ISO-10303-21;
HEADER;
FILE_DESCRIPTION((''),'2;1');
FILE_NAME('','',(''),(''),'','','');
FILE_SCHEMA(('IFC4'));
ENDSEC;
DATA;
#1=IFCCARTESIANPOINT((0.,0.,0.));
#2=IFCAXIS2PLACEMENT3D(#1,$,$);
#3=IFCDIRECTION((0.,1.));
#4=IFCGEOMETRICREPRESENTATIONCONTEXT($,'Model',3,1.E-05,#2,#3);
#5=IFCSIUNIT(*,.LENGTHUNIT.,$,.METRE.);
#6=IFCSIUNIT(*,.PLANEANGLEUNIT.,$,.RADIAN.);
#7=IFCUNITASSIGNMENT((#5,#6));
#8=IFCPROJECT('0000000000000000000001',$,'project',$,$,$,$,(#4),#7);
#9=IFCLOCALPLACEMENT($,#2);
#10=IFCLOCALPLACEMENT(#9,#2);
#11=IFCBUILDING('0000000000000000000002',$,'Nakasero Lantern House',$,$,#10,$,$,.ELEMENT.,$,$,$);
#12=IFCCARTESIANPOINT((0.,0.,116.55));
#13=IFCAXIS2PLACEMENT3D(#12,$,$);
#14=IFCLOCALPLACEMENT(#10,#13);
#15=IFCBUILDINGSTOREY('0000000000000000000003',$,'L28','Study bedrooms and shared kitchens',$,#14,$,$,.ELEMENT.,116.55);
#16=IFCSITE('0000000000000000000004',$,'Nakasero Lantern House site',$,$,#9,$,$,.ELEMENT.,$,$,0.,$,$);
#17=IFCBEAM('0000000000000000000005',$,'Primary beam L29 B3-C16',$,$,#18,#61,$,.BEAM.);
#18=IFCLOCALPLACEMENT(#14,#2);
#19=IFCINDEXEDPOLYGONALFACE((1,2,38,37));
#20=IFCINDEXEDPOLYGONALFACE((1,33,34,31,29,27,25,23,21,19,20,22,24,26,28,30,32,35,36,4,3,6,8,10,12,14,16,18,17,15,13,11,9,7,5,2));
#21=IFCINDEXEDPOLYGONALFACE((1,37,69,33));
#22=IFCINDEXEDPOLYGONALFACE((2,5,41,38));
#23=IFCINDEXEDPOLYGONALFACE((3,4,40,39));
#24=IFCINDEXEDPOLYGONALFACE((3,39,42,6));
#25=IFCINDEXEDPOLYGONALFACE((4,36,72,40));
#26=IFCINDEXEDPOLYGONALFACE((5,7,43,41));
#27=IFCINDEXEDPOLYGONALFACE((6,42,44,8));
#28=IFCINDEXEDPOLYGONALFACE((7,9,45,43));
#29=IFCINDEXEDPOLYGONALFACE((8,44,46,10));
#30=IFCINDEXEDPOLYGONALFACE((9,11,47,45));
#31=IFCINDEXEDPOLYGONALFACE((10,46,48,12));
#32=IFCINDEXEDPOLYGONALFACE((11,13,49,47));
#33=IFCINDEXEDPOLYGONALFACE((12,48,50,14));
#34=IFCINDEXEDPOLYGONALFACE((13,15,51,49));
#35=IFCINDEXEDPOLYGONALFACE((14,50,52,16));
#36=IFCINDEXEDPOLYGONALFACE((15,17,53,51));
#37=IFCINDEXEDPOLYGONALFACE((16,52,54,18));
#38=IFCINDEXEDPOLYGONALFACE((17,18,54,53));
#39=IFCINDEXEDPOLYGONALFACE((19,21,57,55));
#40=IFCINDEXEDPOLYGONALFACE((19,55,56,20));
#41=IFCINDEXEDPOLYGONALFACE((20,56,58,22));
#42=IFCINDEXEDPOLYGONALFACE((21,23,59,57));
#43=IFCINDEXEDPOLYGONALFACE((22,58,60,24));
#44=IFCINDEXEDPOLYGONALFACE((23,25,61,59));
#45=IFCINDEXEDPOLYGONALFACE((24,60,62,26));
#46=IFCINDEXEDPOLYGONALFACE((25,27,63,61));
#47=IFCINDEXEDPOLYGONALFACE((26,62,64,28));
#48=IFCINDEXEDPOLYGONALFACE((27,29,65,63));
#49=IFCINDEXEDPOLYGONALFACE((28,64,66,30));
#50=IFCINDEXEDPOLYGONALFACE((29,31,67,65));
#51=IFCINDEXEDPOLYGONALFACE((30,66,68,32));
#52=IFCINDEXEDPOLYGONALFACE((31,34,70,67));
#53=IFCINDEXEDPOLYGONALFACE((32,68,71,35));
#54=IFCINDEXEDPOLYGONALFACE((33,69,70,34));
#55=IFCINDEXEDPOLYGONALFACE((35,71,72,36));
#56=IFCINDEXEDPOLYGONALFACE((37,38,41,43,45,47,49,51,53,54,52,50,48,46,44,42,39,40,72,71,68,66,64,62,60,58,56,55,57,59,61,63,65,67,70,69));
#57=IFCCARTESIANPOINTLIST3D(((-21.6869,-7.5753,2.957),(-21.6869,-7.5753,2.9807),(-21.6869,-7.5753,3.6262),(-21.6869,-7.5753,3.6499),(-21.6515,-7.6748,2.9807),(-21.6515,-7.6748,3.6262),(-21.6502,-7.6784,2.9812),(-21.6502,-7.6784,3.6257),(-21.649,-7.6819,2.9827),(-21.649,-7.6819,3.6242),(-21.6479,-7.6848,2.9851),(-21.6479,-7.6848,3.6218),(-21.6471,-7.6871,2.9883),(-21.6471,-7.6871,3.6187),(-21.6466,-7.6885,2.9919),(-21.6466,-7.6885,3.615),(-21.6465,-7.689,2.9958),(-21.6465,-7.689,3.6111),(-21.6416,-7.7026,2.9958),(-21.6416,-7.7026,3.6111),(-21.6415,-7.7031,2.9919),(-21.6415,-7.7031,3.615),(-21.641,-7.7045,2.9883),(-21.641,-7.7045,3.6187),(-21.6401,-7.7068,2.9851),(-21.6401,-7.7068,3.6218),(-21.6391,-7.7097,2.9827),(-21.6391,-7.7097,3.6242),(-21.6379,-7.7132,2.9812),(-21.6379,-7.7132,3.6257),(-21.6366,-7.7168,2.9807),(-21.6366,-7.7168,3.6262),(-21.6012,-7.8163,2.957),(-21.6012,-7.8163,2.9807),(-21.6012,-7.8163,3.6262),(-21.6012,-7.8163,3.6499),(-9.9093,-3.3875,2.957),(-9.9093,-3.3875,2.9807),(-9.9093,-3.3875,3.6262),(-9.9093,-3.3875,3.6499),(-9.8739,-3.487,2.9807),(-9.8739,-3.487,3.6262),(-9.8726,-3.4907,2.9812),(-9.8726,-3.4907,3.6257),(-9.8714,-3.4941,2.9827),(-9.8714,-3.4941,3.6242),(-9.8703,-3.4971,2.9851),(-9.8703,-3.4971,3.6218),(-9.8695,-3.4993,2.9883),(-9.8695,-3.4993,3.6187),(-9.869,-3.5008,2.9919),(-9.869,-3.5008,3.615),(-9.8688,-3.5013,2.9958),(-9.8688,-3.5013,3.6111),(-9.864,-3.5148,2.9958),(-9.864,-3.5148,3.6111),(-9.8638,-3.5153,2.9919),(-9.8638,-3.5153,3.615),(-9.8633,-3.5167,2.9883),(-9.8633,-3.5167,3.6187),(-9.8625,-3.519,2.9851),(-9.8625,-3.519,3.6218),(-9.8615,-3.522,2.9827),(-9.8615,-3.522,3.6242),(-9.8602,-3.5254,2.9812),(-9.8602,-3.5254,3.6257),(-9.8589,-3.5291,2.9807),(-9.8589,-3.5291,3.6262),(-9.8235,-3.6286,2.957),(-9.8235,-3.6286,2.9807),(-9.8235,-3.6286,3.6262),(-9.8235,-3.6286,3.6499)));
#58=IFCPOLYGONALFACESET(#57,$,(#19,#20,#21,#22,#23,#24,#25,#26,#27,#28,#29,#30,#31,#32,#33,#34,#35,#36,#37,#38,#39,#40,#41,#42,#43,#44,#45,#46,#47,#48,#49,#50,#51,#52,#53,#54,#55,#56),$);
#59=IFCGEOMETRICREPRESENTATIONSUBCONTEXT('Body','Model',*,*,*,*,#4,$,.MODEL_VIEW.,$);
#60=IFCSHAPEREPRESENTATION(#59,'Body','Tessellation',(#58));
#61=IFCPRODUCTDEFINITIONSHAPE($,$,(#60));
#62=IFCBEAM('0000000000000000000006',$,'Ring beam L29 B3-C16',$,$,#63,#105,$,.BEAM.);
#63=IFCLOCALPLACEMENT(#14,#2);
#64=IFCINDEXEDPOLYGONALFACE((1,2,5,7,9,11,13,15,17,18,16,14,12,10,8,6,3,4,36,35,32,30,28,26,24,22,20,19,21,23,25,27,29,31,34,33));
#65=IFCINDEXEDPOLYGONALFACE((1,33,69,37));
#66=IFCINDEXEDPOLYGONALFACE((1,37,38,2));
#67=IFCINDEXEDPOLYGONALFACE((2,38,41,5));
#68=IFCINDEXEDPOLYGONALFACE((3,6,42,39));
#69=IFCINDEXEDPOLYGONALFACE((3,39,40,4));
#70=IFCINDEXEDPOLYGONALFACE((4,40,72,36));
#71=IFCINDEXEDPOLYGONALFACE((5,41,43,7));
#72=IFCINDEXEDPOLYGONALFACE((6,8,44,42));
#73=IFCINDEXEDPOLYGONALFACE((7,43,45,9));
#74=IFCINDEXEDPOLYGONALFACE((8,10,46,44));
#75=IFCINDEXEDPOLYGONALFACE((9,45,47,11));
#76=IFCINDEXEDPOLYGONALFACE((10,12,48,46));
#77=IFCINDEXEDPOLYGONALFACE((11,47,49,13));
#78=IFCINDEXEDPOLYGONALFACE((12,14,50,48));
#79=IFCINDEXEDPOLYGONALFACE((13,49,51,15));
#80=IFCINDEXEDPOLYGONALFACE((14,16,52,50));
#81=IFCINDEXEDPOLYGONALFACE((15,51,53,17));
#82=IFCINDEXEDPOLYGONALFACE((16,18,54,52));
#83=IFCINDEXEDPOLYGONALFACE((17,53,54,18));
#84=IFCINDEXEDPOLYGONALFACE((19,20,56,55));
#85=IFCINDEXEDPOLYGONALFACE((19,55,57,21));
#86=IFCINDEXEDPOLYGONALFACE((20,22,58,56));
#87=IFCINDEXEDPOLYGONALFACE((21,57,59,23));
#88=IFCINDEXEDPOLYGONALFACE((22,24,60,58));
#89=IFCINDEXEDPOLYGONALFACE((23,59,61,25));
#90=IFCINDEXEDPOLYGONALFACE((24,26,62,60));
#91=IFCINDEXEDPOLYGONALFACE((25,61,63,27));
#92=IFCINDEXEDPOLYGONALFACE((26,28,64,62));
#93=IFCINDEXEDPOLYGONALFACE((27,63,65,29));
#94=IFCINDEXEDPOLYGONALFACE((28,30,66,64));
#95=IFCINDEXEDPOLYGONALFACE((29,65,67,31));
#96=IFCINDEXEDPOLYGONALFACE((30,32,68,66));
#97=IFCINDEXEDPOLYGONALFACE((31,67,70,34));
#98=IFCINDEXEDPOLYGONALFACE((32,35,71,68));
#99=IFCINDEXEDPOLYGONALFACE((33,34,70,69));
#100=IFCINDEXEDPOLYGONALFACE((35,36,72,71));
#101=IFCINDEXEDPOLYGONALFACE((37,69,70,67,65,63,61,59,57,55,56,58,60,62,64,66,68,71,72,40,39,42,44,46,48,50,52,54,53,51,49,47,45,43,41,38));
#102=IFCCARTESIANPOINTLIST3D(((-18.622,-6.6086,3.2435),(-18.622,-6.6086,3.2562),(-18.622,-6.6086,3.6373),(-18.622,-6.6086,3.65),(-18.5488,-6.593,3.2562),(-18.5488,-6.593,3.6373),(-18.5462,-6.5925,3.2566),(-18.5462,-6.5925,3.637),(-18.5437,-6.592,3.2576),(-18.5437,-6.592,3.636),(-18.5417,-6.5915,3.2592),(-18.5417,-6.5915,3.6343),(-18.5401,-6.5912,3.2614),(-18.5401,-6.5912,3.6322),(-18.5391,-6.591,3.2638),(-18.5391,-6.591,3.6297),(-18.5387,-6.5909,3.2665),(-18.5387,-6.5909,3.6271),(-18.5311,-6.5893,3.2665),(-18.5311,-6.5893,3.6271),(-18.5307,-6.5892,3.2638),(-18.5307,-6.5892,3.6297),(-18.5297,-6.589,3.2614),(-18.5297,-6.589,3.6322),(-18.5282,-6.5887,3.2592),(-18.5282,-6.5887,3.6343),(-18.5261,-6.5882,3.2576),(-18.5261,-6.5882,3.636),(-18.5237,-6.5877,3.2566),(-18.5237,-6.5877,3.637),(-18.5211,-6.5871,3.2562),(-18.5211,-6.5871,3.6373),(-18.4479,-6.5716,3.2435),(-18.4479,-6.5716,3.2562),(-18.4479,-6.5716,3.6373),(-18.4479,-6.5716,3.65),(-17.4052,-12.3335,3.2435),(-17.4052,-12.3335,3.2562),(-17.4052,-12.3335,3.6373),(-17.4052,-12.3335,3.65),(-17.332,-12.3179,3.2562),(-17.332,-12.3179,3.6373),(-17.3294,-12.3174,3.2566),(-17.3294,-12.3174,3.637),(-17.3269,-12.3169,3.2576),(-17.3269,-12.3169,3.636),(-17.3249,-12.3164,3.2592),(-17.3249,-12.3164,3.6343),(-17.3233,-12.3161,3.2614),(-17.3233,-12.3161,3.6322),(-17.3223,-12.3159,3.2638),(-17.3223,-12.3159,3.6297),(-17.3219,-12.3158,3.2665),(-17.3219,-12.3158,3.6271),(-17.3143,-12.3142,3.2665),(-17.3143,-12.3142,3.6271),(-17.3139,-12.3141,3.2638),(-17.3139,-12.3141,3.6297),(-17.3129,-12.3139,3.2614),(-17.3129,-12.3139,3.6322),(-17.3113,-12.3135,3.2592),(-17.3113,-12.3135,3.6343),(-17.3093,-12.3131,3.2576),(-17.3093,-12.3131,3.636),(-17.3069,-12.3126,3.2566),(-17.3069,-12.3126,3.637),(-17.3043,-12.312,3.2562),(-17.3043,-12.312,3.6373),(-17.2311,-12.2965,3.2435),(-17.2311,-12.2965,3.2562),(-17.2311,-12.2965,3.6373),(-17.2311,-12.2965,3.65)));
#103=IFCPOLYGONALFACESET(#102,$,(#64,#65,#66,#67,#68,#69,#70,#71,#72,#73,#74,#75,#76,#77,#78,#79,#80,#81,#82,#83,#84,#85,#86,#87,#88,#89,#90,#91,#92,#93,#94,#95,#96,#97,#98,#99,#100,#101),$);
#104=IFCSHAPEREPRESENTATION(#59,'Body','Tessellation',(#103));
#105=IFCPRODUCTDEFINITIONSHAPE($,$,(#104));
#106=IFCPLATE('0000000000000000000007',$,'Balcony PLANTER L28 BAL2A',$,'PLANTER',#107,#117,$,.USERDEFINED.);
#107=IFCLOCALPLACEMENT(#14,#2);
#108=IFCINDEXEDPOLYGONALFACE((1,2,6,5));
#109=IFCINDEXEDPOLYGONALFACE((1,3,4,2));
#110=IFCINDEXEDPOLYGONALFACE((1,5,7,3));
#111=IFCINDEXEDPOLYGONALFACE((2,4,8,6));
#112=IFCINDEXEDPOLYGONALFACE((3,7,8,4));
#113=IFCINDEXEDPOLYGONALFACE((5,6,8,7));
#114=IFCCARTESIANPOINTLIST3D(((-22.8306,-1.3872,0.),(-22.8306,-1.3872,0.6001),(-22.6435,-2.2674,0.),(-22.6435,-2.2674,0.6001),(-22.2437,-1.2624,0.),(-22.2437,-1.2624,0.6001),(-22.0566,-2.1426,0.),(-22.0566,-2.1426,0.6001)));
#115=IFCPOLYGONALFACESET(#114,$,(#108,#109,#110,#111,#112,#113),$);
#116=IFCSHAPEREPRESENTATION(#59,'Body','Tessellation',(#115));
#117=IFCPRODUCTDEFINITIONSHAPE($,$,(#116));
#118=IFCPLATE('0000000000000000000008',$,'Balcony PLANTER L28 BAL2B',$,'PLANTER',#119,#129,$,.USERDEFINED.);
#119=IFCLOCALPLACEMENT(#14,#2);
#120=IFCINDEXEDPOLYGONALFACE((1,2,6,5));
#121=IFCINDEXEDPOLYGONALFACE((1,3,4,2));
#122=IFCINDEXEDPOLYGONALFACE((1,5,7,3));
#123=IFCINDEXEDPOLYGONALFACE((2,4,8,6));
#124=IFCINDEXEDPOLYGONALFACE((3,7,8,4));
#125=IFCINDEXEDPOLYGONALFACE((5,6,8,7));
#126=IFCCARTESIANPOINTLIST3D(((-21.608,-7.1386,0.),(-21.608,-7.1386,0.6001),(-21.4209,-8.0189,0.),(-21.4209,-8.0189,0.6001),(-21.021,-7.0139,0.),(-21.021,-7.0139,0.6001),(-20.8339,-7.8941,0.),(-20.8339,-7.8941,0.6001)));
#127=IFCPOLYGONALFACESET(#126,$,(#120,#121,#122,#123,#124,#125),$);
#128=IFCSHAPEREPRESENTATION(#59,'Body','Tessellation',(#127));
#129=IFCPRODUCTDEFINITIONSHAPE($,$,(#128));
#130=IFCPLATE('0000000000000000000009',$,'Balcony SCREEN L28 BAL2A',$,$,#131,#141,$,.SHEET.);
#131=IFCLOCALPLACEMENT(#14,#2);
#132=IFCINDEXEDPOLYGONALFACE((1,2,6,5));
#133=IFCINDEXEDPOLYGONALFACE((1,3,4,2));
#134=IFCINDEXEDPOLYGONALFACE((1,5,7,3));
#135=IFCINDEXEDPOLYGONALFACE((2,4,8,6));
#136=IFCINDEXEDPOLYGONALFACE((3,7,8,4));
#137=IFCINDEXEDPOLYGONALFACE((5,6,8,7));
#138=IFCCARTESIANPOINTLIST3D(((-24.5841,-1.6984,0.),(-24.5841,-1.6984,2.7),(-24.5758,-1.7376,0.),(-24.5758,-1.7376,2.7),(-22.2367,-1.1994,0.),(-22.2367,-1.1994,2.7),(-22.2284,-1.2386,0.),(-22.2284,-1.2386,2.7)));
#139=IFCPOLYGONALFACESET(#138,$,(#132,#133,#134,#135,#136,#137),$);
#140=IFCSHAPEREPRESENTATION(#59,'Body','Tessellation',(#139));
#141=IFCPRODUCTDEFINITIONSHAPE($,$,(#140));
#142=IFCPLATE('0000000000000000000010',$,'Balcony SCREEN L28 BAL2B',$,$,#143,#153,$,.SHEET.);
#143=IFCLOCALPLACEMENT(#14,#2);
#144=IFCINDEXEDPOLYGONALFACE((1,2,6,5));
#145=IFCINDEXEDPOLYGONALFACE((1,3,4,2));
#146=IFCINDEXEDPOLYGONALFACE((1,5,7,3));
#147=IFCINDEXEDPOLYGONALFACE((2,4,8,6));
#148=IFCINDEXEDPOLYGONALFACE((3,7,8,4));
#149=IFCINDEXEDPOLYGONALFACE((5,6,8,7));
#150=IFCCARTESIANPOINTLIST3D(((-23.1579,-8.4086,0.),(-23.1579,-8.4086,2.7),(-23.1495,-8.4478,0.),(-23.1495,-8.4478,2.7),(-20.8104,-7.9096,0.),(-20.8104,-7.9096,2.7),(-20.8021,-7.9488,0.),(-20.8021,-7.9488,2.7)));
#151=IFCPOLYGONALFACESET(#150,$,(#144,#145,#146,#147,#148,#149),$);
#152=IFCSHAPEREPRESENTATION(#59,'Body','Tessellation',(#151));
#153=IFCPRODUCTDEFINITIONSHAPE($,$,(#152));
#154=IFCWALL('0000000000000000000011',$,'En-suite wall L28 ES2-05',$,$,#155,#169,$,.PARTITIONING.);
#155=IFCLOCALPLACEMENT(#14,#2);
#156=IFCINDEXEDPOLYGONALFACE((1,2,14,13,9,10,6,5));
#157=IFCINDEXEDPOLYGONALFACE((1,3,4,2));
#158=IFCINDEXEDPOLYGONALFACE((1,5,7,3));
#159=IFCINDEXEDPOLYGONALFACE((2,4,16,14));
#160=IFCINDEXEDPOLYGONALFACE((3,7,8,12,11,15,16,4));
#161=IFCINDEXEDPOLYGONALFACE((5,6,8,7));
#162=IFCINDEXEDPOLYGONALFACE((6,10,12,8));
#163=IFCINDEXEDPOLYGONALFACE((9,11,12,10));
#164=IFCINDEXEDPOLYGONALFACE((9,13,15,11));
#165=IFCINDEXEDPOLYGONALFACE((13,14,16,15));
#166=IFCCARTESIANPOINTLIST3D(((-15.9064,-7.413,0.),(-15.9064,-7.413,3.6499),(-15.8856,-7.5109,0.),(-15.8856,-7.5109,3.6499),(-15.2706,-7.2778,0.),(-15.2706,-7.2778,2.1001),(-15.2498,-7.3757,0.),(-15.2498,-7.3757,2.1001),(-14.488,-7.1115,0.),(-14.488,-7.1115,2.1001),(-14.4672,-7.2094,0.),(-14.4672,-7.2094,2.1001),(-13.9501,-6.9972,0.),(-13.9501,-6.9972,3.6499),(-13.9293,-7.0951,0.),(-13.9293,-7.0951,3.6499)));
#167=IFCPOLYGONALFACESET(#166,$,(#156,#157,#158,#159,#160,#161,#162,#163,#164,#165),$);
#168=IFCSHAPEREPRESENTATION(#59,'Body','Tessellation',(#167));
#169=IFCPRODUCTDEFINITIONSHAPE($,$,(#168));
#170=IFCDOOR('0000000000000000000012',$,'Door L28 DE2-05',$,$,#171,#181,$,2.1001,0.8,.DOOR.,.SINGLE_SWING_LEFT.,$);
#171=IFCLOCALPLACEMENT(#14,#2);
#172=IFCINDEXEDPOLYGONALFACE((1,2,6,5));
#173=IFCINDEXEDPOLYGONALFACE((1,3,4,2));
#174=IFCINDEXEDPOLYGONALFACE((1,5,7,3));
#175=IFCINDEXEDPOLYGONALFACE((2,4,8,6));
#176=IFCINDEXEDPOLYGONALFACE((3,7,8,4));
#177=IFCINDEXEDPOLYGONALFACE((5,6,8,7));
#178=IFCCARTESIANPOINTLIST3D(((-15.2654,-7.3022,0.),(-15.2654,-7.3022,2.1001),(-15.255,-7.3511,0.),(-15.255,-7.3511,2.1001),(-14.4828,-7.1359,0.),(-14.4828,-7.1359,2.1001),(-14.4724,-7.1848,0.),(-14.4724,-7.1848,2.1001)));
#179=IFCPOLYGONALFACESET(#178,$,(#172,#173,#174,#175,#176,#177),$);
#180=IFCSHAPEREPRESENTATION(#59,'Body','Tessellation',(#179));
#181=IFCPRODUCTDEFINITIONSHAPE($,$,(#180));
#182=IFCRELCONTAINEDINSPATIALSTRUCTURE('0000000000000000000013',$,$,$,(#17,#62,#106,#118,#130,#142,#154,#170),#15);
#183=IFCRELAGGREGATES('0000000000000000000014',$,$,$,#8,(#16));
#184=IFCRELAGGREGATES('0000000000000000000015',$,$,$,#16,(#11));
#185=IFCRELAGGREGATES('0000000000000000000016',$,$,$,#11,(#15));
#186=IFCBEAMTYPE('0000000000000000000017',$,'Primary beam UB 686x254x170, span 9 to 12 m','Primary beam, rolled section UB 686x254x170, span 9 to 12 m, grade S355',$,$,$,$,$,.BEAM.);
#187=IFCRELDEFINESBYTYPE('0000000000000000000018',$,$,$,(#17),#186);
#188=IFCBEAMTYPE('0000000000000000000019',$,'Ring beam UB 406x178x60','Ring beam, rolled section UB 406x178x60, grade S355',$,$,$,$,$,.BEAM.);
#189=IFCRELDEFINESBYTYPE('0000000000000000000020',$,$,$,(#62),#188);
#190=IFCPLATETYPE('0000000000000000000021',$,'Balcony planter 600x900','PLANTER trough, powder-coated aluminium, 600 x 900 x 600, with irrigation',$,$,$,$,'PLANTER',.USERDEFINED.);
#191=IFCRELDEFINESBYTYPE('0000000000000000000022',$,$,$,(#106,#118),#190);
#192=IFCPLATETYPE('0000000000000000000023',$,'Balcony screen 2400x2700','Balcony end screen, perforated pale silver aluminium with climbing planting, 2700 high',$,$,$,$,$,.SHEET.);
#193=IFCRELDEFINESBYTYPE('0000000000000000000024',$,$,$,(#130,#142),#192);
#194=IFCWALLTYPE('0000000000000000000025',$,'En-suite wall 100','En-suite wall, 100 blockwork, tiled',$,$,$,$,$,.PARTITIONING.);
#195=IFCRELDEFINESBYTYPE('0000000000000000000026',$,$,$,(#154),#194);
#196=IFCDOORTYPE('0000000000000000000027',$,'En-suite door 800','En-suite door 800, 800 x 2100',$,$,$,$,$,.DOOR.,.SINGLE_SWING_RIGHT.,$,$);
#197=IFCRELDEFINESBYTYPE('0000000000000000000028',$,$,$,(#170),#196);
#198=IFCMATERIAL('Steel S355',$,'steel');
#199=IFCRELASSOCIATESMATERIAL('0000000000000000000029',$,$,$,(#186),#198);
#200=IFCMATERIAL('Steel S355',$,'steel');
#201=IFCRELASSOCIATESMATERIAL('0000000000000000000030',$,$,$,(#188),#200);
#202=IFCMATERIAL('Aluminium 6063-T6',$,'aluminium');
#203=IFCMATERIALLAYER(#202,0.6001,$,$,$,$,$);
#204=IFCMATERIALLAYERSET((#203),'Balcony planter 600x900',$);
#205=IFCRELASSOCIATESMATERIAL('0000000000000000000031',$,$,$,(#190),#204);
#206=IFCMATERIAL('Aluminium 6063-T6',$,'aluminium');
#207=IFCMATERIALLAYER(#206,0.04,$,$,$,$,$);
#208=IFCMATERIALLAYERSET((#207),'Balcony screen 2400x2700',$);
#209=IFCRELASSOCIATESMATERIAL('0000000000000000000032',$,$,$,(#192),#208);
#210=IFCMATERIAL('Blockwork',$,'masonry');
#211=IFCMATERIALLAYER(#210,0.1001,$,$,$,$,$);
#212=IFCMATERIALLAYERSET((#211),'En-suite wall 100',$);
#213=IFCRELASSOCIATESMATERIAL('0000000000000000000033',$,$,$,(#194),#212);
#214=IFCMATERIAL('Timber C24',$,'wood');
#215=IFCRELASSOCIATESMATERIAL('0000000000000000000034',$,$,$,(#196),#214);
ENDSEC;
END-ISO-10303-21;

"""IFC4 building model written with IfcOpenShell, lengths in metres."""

from ifc_helpers import new_model, si_unit, direction, frame, frame_2d, origin, origin_2d, place, context, subcontext, project, spatial, rectangle, i_section, extrude, material, layer, layer_set, material_profile, profile_set, type_object, element, fill, save


model = new_model("IFC4")

# Units and contexts
model_context = context("Model", 3, precision=1e-05, world=origin(), true_north=direction((0.0, 1.0)))
body_context = subcontext(model_context, "Body", "Model", "MODEL_VIEW")
ifc_project = project(units=[si_unit("LENGTHUNIT", "METRE"), si_unit("PLANEANGLEUNIT", "RADIAN")], contexts=[model_context])

# Site, building, storey
site_placement = place(None, origin())
site = spatial("IfcSite", under=ifc_project, at=site_placement, Name="Nakasero Lantern House site", CompositionType="ELEMENT", RefElevation=0.0)
building_placement = place(site_placement, origin())
building = spatial("IfcBuilding", under=site, at=building_placement, Name="Nakasero Lantern House", CompositionType="ELEMENT")
storey_placement = place(building_placement, frame((0.0, 0.0, 116.55)))
storey = spatial("IfcBuildingStorey", under=building, at=storey_placement, Name="L28", Description="Study bedrooms and shared kitchens", CompositionType="ELEMENT", Elevation=116.55)

# Beams
ifc_material_1 = material(Name="Steel S355", Category="steel")
ifc_material_profile_1 = material_profile(ifc_material_1, i_section(OverallWidth=0.2559, OverallDepth=0.6929, WebThickness=0.0144, FlangeThickness=0.0237, FilletRadius=0.0151, at=origin_2d()), Name="UB 686x254x170")
ifc_profile_set_1 = profile_set([ifc_material_profile_1], Name="Steel S355")
beam_type_1 = type_object("IfcBeamType", Name="Primary beam UB 686x254x170, span 9 to 12 m", Description="Primary beam, rolled section UB 686x254x170, span 9 to 12 m, grade S355", PredefinedType="BEAM", material=ifc_profile_set_1)
beam_1_placement = place(storey_placement, frame((-21.644, -7.6958, 3.3035), z_axis=(0.942211, 0.335021, 0.0), x_axis=(-0.335021, 0.942211, 0.0)))
element("IfcBeam", 1, at=beam_1_placement, inside=storey, type_object=beam_type_1, Name="Primary beam L29 B3-C16", PredefinedType="BEAM", context=body_context, shape_type="SweptSolid", body=[
    extrude(i_section(OverallWidth=0.2559, OverallDepth=0.6929, WebThickness=0.0144, FlangeThickness=0.0237, FilletRadius=0.0151, at=origin_2d()), origin(), (0.0, 0.0, 1.0), 12.5),
])
ifc_material_2 = material(Name="Steel S355", Category="steel")
ifc_material_profile_2 = material_profile(ifc_material_2, i_section(OverallWidth=0.178, OverallDepth=0.4065, WebThickness=0.0078, FlangeThickness=0.0127, FilletRadius=0.0103, at=origin_2d()), Name="UB 406x178x60")
ifc_profile_set_2 = profile_set([ifc_material_profile_2], Name="Steel S355")
beam_type_2 = type_object("IfcBeamType", Name="Ring beam UB 406x178x60", Description="Ring beam, rolled section UB 406x178x60, grade S355", PredefinedType="BEAM", material=ifc_profile_set_2)
beam_2_placement = place(storey_placement, frame((-18.5349, -6.5901, 3.4468), z_axis=(0.207902, -0.97815, 0.0), x_axis=(0.97815, 0.207902, 0.0)))
element("IfcBeam", 2, at=beam_2_placement, inside=storey, type_object=beam_type_2, Name="Ring beam L29 B3-C16", PredefinedType="BEAM", context=body_context, shape_type="SweptSolid", body=[
    extrude(i_section(OverallWidth=0.178, OverallDepth=0.4065, WebThickness=0.0078, FlangeThickness=0.0127, FilletRadius=0.0103, at=origin_2d()), origin(), (0.0, 0.0, 1.0), 5.8528),
])

# Plates
ifc_material_3 = material(Name="Aluminium 6063-T6", Category="aluminium")
ifc_layer_1 = layer(ifc_material_3, 0.6001)
ifc_layer_set_1 = layer_set([ifc_layer_1], Name="Balcony planter 600x900")
plate_type_1 = type_object("IfcPlateType", Name="Balcony planter 600x900", Description="PLANTER trough, powder-coated aluminium, 600 x 900 x 600, with irrigation", ElementType="PLANTER", PredefinedType="USERDEFINED", material=ifc_layer_set_1)
for number, where, z_axis, x_axis, name in (
    (3, (-22.4436, -1.7649, 0.0), (0.0, 0.0, 1.0), (-0.978148, -0.207912, 0.0), "Balcony PLANTER L28 BAL2A"),
    (4, (-21.2209, -7.5164, 0.0), (0.0, 0.0, 1.0), (-0.978148, -0.207912, 0.0), "Balcony PLANTER L28 BAL2B"),
):
    element("IfcPlate", number, at=place(storey_placement, frame(where, z_axis=z_axis, x_axis=x_axis)), inside=storey, type_object=plate_type_1, Name=name, ObjectType="PLANTER", PredefinedType="USERDEFINED", context=body_context, shape_type="SweptSolid", body=[
        extrude(rectangle(XDim=0.6001, YDim=0.8999, at=origin_2d()), origin(), (0.0, 0.0, 1.0), 0.6001),
    ])
ifc_material_4 = material(Name="Aluminium 6063-T6", Category="aluminium")
ifc_layer_2 = layer(ifc_material_4, 0.04)
ifc_layer_set_2 = layer_set([ifc_layer_2], Name="Balcony screen 2400x2700")
plate_type_2 = type_object("IfcPlateType", Name="Balcony screen 2400x2700", Description="Balcony end screen, perforated pale silver aluminium with climbing planting, 2700 high", PredefinedType="SHEET", material=ifc_layer_set_2)
for number, where, z_axis, x_axis, name in (
    (5, (-23.4062, -1.4685, 0.0), (0.0, 0.0, 1.0), (-0.978148, -0.207912, 0.0), "Balcony SCREEN L28 BAL2A"),
    (6, (-21.98, -8.1787, 0.0), (0.0, 0.0, 1.0), (-0.978148, -0.207912, 0.0), "Balcony SCREEN L28 BAL2B"),
):
    element("IfcPlate", number, at=place(storey_placement, frame(where, z_axis=z_axis, x_axis=x_axis)), inside=storey, type_object=plate_type_2, Name=name, PredefinedType="SHEET", context=body_context, shape_type="SweptSolid", body=[
        extrude(rectangle(XDim=2.3999, YDim=0.04, at=origin_2d()), origin(), (0.0, 0.0, 1.0), 2.7),
    ])

# Wall, opening, door
ifc_material_5 = material(Name="Blockwork", Category="masonry")
ifc_layer_3 = layer(ifc_material_5, 0.1001)
ifc_layer_set_3 = layer_set([ifc_layer_3], Name="En-suite wall 100")
wall_type_1 = type_object("IfcWallType", Name="En-suite wall 100", Description="En-suite wall, 100 blockwork, tiled", PredefinedType="PARTITIONING", material=ifc_layer_set_3)
wall_1_placement = place(storey_placement, frame((-13.9397, -7.0461, 0.0), z_axis=(0.0, 0.0, 1.0), x_axis=(-0.978153, -0.207886, 0.0)))
wall_1 = element("IfcWall", 7, at=wall_1_placement, inside=storey, type_object=wall_type_1, Name="En-suite wall L28 ES2-05", PredefinedType="PARTITIONING", context=body_context, shape_type="SweptSolid", body=[
    extrude(rectangle(XDim=2.0, YDim=0.1001, at=frame_2d((1.0, 0.0))), origin(), (0.0, 0.0, 1.0), 3.6499),
])
opening_1_placement = place(wall_1_placement, frame((0.55, 0.0, 0.0)))
opening_1 = element("IfcOpeningElement", 8, at=opening_1_placement, cuts=wall_1, PredefinedType="OPENING", context=body_context, shape_type="SweptSolid", body=[
    extrude(rectangle(XDim=0.8, YDim=2.1001, at=frame_2d((0.3999, 1.05))), frame((0.0, 0.0701, 0.0), z_axis=(0.0, -1.0, 0.0), x_axis=(1.0, 0.0, 0.0)), (0.0, 0.0, 1.0), 0.1401),
])
ifc_material_6 = material(Name="Timber C24", Category="wood")
door_type = type_object("IfcDoorType", Name="En-suite door 800", Description="En-suite door 800, 800 x 2100", OperationType="SINGLE_SWING_RIGHT", PredefinedType="DOOR", material=ifc_material_6)
door_1_placement = place(opening_1_placement, origin())
door_1 = element("IfcDoor", 9, at=door_1_placement, inside=storey, type_object=door_type, Name="Door L28 DE2-05", OperationType="SINGLE_SWING_LEFT", OverallHeight=2.1001, OverallWidth=0.8, PredefinedType="DOOR", context=body_context, shape_type="SweptSolid", body=[
    extrude(rectangle(XDim=0.8, YDim=2.1001, at=frame_2d((0.3999, 1.05))), frame((0.0, 0.0249, 0.0), z_axis=(0.0, -1.0, 0.0), x_axis=(1.0, 0.0, 0.0)), (0.0, 0.0, 1.0), 0.05),
])
fill(opening_1, door_1)

save(model, "model.ifc")
